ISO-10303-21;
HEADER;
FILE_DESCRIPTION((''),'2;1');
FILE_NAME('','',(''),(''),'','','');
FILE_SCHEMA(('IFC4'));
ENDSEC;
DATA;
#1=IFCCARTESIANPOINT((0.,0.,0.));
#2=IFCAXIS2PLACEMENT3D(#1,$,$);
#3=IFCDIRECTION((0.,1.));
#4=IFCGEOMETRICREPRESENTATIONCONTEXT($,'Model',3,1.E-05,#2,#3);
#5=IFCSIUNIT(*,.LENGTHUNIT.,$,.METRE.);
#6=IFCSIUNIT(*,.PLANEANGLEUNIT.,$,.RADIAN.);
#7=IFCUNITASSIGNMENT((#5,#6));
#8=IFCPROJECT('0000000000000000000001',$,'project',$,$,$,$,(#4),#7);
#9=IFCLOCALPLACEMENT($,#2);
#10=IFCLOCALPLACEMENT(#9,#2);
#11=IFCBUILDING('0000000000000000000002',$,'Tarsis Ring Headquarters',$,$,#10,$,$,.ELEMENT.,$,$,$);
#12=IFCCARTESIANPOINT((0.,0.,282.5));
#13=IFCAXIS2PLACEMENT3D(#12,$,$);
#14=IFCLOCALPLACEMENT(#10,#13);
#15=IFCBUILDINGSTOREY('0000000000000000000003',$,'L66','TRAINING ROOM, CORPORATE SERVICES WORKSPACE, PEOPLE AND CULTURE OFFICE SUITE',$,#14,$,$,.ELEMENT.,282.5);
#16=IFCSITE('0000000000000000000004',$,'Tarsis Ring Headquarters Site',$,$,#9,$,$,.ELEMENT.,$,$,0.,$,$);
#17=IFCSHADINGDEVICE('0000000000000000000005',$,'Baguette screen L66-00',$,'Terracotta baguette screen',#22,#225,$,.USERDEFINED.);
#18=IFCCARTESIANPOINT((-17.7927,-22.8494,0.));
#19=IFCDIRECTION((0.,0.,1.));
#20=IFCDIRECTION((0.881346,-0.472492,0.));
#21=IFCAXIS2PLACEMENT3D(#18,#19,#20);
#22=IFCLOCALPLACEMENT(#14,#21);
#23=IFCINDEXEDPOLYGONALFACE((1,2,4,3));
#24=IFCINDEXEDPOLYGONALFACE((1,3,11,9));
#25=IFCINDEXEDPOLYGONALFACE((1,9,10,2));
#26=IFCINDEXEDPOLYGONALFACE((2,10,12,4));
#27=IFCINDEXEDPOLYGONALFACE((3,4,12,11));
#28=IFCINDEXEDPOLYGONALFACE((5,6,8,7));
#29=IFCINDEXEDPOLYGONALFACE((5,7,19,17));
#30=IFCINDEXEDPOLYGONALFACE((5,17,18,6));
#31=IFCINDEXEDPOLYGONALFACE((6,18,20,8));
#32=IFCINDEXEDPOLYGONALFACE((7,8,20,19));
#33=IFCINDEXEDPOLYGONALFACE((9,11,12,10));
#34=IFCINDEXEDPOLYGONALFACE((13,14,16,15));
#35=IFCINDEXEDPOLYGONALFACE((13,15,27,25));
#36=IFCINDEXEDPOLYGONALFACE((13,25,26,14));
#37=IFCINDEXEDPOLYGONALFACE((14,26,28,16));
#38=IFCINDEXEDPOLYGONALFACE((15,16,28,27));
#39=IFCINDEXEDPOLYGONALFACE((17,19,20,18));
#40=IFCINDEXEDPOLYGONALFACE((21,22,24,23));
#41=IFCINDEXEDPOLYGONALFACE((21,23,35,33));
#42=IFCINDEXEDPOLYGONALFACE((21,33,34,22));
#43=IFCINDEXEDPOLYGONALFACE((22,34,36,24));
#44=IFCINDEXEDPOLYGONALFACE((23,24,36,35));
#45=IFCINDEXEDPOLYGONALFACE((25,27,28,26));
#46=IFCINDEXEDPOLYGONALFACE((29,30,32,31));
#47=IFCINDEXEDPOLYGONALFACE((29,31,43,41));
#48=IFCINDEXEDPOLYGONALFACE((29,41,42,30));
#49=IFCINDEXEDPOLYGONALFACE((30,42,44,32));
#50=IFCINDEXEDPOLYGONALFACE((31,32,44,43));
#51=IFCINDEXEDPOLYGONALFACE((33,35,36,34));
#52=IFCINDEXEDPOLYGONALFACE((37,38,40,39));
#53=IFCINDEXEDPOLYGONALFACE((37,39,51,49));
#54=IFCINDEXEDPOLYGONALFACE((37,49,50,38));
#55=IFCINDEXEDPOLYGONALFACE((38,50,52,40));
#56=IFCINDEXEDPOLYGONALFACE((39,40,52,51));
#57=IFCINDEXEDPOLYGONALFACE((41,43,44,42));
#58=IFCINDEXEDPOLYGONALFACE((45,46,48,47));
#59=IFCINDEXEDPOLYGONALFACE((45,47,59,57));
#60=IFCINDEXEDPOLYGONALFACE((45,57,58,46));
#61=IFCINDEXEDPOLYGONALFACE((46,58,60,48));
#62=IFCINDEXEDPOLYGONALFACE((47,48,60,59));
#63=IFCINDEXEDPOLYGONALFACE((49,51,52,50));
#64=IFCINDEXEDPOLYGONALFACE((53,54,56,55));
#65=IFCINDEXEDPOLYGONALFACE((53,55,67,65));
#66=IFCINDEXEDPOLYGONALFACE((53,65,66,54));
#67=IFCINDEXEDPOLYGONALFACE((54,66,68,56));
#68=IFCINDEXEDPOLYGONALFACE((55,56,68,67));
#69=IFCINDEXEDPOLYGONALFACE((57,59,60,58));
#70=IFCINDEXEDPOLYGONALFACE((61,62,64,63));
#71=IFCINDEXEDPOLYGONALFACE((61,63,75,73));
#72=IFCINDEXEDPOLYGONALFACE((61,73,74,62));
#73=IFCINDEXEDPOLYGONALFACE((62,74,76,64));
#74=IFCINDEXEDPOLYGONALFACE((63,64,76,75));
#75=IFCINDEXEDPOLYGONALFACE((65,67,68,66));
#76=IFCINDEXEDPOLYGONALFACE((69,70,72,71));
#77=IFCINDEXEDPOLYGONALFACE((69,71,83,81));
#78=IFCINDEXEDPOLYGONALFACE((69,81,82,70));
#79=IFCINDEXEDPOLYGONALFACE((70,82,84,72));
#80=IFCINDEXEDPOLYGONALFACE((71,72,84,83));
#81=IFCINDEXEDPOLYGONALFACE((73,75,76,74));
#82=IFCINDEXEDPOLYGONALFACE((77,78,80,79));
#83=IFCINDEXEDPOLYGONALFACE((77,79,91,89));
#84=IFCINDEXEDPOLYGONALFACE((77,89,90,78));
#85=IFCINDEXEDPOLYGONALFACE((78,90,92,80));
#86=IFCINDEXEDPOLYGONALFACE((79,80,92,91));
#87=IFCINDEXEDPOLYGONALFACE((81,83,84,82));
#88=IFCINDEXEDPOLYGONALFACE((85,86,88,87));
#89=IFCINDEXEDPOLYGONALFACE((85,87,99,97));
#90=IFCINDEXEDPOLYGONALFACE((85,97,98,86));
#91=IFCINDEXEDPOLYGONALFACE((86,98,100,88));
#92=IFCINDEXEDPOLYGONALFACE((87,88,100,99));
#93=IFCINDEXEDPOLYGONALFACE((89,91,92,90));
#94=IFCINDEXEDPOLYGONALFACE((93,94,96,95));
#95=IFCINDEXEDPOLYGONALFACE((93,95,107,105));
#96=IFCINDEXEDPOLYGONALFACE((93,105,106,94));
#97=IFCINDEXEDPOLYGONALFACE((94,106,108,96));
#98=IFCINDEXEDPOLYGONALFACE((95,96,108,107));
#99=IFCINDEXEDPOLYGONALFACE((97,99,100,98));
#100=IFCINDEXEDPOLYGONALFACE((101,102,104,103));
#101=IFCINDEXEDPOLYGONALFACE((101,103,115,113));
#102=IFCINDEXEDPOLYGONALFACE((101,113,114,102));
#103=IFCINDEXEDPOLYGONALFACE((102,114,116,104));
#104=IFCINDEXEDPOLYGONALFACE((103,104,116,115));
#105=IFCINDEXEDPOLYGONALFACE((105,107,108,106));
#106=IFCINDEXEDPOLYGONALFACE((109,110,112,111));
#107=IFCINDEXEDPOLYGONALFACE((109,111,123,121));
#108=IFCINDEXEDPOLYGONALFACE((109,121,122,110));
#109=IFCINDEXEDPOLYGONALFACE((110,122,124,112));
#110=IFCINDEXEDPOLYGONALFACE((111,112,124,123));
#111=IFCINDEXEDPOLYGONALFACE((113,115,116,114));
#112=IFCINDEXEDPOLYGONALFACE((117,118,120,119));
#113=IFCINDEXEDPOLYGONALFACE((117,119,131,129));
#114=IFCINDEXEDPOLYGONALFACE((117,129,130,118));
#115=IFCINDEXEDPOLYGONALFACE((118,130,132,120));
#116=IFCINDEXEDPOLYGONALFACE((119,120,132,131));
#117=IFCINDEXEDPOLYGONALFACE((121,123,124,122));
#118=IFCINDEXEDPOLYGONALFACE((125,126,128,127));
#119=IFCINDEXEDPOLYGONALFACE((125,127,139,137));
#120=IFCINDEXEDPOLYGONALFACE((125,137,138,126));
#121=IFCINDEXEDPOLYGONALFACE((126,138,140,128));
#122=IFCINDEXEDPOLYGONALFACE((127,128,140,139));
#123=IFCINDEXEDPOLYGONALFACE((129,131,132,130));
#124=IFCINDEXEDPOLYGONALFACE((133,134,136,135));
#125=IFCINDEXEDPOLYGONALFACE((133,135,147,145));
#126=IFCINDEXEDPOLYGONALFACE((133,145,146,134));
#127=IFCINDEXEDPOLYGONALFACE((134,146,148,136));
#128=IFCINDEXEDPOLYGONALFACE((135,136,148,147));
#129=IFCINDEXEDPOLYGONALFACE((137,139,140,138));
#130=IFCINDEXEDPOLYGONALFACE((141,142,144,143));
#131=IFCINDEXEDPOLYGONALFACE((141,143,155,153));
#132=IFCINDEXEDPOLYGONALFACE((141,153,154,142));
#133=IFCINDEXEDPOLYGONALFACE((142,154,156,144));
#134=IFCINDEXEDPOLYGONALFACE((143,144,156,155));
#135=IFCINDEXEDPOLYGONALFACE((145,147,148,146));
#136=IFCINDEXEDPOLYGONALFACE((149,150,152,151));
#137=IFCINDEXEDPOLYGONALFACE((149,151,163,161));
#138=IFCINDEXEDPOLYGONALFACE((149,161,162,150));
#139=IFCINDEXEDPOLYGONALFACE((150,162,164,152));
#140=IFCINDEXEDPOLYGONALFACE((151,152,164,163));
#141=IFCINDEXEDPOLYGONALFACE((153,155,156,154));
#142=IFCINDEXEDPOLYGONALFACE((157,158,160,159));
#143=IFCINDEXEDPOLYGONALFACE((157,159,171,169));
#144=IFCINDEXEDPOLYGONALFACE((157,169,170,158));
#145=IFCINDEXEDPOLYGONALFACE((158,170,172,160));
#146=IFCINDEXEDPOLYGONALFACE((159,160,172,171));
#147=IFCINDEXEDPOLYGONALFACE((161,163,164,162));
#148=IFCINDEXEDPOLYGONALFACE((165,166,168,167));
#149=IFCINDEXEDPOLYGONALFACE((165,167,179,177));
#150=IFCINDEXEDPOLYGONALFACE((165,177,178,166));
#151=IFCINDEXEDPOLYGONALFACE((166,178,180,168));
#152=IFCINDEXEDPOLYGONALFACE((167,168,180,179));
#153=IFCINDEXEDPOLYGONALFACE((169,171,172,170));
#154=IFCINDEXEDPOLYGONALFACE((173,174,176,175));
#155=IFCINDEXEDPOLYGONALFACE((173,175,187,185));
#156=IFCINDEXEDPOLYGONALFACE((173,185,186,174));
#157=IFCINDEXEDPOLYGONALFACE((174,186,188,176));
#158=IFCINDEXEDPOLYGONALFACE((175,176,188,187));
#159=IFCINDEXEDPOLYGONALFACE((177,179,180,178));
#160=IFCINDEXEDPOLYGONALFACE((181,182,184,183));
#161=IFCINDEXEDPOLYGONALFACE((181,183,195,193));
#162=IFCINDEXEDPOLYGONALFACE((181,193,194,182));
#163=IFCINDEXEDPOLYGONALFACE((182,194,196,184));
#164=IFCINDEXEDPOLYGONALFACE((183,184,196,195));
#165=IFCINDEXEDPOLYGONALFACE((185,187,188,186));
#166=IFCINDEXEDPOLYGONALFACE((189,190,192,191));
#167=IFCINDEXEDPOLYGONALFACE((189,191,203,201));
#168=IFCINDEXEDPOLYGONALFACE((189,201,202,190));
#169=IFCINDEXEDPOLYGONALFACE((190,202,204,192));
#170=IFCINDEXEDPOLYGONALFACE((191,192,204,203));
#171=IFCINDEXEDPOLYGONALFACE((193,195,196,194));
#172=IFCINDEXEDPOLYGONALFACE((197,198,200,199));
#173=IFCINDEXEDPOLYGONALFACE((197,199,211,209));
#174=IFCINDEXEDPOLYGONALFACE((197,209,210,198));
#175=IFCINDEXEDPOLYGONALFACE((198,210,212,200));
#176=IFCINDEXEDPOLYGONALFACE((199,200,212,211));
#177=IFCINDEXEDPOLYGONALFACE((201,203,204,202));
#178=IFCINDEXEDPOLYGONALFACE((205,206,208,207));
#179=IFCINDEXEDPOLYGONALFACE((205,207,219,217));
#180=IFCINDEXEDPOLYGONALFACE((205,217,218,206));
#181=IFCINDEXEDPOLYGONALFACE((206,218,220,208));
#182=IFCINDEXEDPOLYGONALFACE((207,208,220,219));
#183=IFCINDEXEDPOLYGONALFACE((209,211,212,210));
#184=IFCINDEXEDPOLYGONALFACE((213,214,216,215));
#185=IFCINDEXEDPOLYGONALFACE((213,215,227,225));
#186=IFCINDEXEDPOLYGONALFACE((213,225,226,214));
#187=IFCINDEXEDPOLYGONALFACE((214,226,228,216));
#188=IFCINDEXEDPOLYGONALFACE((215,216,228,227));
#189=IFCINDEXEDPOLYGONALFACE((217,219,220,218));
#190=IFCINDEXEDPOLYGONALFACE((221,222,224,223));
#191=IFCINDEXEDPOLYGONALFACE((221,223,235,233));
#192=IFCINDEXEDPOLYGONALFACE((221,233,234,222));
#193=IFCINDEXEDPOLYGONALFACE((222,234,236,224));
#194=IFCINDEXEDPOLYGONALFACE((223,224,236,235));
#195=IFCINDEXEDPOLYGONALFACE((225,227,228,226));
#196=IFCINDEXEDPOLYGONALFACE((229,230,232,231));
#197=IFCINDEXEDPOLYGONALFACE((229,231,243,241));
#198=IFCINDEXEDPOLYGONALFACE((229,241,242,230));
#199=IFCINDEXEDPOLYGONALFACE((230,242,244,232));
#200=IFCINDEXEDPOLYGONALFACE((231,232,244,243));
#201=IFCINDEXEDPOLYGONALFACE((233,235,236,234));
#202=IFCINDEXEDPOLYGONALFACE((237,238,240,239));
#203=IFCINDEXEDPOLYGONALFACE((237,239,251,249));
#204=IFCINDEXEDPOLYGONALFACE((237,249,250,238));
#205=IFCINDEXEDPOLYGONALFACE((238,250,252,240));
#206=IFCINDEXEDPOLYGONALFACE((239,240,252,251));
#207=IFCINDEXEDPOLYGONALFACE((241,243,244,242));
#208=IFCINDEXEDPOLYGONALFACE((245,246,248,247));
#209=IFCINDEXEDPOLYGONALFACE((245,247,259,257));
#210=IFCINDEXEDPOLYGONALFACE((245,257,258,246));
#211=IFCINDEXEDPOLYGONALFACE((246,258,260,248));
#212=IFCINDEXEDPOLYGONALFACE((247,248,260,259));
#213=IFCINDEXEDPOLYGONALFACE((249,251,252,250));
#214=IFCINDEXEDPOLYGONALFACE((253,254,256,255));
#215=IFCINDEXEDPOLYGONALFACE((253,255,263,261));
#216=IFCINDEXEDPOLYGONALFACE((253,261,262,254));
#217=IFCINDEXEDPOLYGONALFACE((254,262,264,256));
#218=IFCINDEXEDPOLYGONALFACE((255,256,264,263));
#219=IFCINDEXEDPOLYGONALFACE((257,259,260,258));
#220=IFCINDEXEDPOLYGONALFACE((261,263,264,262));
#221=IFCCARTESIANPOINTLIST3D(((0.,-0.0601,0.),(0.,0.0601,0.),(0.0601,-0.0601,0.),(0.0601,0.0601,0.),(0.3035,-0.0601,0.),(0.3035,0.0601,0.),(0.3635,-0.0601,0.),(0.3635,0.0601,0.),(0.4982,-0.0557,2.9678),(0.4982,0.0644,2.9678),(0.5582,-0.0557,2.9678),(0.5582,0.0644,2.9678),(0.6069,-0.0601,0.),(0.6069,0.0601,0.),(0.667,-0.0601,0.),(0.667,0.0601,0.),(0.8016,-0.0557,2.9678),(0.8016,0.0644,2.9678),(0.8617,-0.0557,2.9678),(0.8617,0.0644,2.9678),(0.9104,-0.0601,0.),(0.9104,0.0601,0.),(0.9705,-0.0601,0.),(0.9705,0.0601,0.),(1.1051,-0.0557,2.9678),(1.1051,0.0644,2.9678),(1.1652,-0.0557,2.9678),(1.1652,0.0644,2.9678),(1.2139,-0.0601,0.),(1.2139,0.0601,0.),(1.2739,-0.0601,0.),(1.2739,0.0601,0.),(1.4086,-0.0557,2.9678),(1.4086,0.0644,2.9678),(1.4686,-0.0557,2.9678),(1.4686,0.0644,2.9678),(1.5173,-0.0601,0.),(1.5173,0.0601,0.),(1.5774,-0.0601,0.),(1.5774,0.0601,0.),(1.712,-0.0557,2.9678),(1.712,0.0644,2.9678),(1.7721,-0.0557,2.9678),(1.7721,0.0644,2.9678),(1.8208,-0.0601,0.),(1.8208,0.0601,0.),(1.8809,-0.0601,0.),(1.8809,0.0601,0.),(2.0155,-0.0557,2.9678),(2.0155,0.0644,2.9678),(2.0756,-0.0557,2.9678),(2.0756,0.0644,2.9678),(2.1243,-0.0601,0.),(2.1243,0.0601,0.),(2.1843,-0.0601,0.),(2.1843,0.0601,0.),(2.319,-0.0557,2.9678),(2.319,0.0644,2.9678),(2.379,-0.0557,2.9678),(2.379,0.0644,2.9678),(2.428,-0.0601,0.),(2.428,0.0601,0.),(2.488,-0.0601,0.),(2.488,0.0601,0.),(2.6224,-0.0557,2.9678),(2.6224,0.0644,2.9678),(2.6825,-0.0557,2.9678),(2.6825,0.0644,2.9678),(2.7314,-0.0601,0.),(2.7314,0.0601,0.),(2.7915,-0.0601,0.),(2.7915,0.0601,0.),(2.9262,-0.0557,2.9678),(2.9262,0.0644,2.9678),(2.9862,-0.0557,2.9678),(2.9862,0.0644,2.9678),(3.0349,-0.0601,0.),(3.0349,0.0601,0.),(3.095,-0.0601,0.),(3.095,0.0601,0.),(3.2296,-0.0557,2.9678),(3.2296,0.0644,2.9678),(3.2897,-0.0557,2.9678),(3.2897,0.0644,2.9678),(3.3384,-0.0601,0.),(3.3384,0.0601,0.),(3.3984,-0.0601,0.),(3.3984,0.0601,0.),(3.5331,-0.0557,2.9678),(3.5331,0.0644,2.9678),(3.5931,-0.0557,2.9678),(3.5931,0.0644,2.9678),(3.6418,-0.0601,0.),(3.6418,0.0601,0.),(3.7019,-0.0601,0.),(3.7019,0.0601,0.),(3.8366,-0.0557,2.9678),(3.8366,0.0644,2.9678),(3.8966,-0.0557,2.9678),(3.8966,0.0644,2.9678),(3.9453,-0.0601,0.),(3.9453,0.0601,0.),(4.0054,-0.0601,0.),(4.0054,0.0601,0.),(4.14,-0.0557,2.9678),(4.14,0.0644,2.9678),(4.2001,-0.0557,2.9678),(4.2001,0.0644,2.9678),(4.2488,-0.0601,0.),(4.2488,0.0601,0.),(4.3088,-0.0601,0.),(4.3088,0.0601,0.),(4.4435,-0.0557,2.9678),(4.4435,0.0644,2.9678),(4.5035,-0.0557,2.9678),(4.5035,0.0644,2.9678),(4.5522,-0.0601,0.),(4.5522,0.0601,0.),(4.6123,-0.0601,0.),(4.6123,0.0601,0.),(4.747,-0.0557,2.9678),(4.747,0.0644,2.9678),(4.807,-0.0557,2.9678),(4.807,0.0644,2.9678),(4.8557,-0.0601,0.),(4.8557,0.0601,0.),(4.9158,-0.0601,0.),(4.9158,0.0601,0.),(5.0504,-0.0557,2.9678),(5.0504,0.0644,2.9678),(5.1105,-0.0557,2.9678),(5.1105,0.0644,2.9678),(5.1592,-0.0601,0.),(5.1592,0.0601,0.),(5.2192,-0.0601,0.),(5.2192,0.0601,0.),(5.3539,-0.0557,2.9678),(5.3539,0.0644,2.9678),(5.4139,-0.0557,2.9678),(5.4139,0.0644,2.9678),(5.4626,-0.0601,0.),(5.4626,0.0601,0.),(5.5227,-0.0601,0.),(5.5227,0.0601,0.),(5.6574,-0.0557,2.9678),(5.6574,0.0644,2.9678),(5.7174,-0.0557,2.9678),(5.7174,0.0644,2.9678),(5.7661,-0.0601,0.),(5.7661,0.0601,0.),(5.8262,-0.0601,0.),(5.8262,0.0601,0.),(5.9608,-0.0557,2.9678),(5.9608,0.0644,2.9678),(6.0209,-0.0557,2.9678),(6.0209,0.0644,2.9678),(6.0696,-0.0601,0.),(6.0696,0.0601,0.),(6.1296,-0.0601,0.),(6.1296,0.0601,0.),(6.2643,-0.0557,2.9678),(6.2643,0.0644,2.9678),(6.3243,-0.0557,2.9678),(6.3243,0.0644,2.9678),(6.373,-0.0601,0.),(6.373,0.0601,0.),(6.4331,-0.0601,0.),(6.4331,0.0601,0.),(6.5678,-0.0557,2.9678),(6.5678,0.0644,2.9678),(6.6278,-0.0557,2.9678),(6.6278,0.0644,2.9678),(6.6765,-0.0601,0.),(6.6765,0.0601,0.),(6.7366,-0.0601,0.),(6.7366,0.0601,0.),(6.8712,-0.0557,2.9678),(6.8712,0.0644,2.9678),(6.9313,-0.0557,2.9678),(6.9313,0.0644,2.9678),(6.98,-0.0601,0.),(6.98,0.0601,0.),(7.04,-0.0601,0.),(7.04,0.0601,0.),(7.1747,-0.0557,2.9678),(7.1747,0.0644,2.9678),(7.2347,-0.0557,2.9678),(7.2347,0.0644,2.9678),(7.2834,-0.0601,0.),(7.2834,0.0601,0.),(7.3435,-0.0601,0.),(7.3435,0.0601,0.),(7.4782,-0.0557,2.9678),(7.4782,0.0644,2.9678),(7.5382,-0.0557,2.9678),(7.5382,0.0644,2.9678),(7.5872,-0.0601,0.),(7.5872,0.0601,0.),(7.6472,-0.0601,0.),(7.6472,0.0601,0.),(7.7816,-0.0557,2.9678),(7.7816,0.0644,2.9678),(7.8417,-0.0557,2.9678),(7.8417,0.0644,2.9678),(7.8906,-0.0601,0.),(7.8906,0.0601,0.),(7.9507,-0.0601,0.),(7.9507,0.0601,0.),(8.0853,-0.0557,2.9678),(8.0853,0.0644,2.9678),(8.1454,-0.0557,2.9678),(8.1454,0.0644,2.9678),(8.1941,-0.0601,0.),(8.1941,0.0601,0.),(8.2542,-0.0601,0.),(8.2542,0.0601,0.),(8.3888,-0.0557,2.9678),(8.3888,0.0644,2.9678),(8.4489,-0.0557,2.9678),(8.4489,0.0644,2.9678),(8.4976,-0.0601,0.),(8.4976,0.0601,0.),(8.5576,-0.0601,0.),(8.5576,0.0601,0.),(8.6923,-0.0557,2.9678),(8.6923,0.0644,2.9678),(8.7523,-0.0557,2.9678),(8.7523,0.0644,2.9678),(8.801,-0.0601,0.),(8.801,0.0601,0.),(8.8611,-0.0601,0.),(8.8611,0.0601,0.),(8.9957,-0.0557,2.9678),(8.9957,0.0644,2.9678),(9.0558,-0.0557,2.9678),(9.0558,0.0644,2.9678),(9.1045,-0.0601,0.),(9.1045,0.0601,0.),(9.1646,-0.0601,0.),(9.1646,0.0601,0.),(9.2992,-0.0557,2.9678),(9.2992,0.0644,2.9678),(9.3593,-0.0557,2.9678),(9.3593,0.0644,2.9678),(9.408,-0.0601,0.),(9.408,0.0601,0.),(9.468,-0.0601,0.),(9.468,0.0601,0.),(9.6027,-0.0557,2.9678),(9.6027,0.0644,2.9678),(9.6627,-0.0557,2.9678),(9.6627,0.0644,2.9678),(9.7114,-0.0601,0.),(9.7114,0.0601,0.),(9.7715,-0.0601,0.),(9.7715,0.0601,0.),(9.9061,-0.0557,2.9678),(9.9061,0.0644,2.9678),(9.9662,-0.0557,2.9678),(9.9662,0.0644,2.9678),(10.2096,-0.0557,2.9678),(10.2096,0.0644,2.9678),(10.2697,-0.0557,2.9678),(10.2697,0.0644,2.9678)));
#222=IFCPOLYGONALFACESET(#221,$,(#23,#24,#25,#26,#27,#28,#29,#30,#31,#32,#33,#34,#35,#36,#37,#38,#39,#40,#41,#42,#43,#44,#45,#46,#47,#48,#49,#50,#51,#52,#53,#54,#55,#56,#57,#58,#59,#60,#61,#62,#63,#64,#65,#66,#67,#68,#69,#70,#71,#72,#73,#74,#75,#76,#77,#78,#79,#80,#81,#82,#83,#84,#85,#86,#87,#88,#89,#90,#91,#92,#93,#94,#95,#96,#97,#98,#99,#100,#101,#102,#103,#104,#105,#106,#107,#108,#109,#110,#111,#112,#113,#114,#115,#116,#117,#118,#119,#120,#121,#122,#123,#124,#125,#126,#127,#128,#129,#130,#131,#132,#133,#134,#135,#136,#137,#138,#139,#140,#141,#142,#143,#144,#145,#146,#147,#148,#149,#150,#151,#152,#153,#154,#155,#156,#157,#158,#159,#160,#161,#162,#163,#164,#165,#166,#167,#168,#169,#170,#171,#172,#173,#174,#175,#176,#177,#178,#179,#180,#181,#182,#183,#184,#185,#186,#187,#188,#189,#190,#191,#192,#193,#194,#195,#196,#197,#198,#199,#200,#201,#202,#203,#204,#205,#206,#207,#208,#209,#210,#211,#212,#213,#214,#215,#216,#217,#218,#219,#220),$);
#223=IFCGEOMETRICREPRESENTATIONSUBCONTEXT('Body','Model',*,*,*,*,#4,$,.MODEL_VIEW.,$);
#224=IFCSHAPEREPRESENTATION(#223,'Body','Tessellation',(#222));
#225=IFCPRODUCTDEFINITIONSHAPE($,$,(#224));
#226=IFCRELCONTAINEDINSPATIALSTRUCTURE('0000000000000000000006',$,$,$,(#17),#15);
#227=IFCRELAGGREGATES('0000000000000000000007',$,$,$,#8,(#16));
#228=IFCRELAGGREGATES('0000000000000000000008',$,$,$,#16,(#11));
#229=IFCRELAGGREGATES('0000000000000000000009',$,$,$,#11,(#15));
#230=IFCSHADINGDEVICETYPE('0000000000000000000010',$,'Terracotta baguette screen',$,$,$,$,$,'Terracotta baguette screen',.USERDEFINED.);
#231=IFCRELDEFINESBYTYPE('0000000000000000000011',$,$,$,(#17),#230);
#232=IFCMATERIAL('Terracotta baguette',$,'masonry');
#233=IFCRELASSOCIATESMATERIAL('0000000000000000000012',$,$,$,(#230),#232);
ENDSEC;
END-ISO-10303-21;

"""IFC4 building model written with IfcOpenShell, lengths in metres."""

from ifc_helpers import new_model, si_unit, direction, frame, frame_2d, origin, place, context, subcontext, project, spatial, rectangle, composite_profile, extrude, material, type_object, element, save


model = new_model("IFC4")

# Units and contexts
model_context = context("Model", 3, precision=1e-05, world=origin(), true_north=direction((0.0, 1.0)))
body_context = subcontext(model_context, "Body", "Model", "MODEL_VIEW")
ifc_project = project(units=[si_unit("LENGTHUNIT", "METRE"), si_unit("PLANEANGLEUNIT", "RADIAN")], contexts=[model_context])

# Site, building, storey
site_placement = place(None, origin())
site = spatial("IfcSite", under=ifc_project, at=site_placement, Name="Tarsis Ring Headquarters Site", CompositionType="ELEMENT", RefElevation=0.0)
building_placement = place(site_placement, origin())
building = spatial("IfcBuilding", under=site, at=building_placement, Name="Tarsis Ring Headquarters", CompositionType="ELEMENT")
storey_placement = place(building_placement, frame((0.0, 0.0, 282.5)))
storey = spatial("IfcBuildingStorey", under=building, at=storey_placement, Name="L66", Description="TRAINING ROOM, CORPORATE SERVICES WORKSPACE, PEOPLE AND CULTURE OFFICE SUITE", CompositionType="ELEMENT", Elevation=282.5)

# Shading device
ifc_material_1 = material(Name="Terracotta baguette", Category="masonry")
shading_device_type = type_object("IfcShadingDeviceType", Name="Terracotta baguette screen", ElementType="Terracotta baguette screen", PredefinedType="USERDEFINED", material=ifc_material_1)
shading_device_1_placement = place(storey_placement, frame((-17.7927, -22.8494, 0.0), z_axis=(0.0, 0.0, 1.0), x_axis=(0.881346, -0.472492, 0.0)))
element("IfcShadingDevice", 1, at=shading_device_1_placement, inside=storey, type_object=shading_device_type, Name="Baguette screen L66-00", ObjectType="Terracotta baguette screen", PredefinedType="USERDEFINED", context=body_context, shape_type="SweptSolid", body=[
    extrude(composite_profile([rectangle(XDim=0.0601, YDim=0.1201, at=frame_2d((0.03, 0.0))), rectangle(XDim=0.0601, YDim=0.1201, at=frame_2d((0.3335, 0.0))), rectangle(XDim=0.0601, YDim=0.1201, at=frame_2d((0.637, 0.0))), rectangle(XDim=0.0601, YDim=0.1201, at=frame_2d((0.9404, 0.0))), rectangle(XDim=0.0601, YDim=0.1201, at=frame_2d((1.2439, 0.0))), rectangle(XDim=0.0601, YDim=0.1201, at=frame_2d((1.5474, 0.0))), rectangle(XDim=0.0601, YDim=0.1201, at=frame_2d((1.8508, 0.0))), rectangle(XDim=0.0601, YDim=0.1201, at=frame_2d((2.1543, 0.0))), rectangle(XDim=0.0601, YDim=0.1201, at=frame_2d((2.458, 0.0))), rectangle(XDim=0.0601, YDim=0.1201, at=frame_2d((2.7615, 0.0))), rectangle(XDim=0.0601, YDim=0.1201, at=frame_2d((3.0649, 0.0))), rectangle(XDim=0.0601, YDim=0.1201, at=frame_2d((3.3684, 0.0))), rectangle(XDim=0.0601, YDim=0.1201, at=frame_2d((3.6719, 0.0))), rectangle(XDim=0.0601, YDim=0.1201, at=frame_2d((3.9753, 0.0))), rectangle(XDim=0.0601, YDim=0.1201, at=frame_2d((4.2788, 0.0))), rectangle(XDim=0.0601, YDim=0.1201, at=frame_2d((4.5823, 0.0))), rectangle(XDim=0.0601, YDim=0.1201, at=frame_2d((4.8857, 0.0))), rectangle(XDim=0.0601, YDim=0.1201, at=frame_2d((5.1892, 0.0))), rectangle(XDim=0.0601, YDim=0.1201, at=frame_2d((5.4927, 0.0))), rectangle(XDim=0.0601, YDim=0.1201, at=frame_2d((5.7961, 0.0))), rectangle(XDim=0.0601, YDim=0.1201, at=frame_2d((6.0996, 0.0))), rectangle(XDim=0.0601, YDim=0.1201, at=frame_2d((6.4031, 0.0))), rectangle(XDim=0.0601, YDim=0.1201, at=frame_2d((6.7065, 0.0))), rectangle(XDim=0.0601, YDim=0.1201, at=frame_2d((7.01, 0.0))), rectangle(XDim=0.0601, YDim=0.1201, at=frame_2d((7.3135, 0.0))), rectangle(XDim=0.0601, YDim=0.1201, at=frame_2d((7.6172, 0.0))), rectangle(XDim=0.0601, YDim=0.1201, at=frame_2d((7.9207, 0.0))), rectangle(XDim=0.0601, YDim=0.1201, at=frame_2d((8.2241, 0.0))), rectangle(XDim=0.0601, YDim=0.1201, at=frame_2d((8.5276, 0.0))), rectangle(XDim=0.0601, YDim=0.1201, at=frame_2d((8.8311, 0.0))), rectangle(XDim=0.0601, YDim=0.1201, at=frame_2d((9.1345, 0.0))), rectangle(XDim=0.0601, YDim=0.1201, at=frame_2d((9.438, 0.0))), rectangle(XDim=0.0601, YDim=0.1201, at=frame_2d((9.7415, 0.0)))]), origin(), (0.165547, 0.001447, 0.986201), 3.0093),
])

save(model, "model.ifc")
